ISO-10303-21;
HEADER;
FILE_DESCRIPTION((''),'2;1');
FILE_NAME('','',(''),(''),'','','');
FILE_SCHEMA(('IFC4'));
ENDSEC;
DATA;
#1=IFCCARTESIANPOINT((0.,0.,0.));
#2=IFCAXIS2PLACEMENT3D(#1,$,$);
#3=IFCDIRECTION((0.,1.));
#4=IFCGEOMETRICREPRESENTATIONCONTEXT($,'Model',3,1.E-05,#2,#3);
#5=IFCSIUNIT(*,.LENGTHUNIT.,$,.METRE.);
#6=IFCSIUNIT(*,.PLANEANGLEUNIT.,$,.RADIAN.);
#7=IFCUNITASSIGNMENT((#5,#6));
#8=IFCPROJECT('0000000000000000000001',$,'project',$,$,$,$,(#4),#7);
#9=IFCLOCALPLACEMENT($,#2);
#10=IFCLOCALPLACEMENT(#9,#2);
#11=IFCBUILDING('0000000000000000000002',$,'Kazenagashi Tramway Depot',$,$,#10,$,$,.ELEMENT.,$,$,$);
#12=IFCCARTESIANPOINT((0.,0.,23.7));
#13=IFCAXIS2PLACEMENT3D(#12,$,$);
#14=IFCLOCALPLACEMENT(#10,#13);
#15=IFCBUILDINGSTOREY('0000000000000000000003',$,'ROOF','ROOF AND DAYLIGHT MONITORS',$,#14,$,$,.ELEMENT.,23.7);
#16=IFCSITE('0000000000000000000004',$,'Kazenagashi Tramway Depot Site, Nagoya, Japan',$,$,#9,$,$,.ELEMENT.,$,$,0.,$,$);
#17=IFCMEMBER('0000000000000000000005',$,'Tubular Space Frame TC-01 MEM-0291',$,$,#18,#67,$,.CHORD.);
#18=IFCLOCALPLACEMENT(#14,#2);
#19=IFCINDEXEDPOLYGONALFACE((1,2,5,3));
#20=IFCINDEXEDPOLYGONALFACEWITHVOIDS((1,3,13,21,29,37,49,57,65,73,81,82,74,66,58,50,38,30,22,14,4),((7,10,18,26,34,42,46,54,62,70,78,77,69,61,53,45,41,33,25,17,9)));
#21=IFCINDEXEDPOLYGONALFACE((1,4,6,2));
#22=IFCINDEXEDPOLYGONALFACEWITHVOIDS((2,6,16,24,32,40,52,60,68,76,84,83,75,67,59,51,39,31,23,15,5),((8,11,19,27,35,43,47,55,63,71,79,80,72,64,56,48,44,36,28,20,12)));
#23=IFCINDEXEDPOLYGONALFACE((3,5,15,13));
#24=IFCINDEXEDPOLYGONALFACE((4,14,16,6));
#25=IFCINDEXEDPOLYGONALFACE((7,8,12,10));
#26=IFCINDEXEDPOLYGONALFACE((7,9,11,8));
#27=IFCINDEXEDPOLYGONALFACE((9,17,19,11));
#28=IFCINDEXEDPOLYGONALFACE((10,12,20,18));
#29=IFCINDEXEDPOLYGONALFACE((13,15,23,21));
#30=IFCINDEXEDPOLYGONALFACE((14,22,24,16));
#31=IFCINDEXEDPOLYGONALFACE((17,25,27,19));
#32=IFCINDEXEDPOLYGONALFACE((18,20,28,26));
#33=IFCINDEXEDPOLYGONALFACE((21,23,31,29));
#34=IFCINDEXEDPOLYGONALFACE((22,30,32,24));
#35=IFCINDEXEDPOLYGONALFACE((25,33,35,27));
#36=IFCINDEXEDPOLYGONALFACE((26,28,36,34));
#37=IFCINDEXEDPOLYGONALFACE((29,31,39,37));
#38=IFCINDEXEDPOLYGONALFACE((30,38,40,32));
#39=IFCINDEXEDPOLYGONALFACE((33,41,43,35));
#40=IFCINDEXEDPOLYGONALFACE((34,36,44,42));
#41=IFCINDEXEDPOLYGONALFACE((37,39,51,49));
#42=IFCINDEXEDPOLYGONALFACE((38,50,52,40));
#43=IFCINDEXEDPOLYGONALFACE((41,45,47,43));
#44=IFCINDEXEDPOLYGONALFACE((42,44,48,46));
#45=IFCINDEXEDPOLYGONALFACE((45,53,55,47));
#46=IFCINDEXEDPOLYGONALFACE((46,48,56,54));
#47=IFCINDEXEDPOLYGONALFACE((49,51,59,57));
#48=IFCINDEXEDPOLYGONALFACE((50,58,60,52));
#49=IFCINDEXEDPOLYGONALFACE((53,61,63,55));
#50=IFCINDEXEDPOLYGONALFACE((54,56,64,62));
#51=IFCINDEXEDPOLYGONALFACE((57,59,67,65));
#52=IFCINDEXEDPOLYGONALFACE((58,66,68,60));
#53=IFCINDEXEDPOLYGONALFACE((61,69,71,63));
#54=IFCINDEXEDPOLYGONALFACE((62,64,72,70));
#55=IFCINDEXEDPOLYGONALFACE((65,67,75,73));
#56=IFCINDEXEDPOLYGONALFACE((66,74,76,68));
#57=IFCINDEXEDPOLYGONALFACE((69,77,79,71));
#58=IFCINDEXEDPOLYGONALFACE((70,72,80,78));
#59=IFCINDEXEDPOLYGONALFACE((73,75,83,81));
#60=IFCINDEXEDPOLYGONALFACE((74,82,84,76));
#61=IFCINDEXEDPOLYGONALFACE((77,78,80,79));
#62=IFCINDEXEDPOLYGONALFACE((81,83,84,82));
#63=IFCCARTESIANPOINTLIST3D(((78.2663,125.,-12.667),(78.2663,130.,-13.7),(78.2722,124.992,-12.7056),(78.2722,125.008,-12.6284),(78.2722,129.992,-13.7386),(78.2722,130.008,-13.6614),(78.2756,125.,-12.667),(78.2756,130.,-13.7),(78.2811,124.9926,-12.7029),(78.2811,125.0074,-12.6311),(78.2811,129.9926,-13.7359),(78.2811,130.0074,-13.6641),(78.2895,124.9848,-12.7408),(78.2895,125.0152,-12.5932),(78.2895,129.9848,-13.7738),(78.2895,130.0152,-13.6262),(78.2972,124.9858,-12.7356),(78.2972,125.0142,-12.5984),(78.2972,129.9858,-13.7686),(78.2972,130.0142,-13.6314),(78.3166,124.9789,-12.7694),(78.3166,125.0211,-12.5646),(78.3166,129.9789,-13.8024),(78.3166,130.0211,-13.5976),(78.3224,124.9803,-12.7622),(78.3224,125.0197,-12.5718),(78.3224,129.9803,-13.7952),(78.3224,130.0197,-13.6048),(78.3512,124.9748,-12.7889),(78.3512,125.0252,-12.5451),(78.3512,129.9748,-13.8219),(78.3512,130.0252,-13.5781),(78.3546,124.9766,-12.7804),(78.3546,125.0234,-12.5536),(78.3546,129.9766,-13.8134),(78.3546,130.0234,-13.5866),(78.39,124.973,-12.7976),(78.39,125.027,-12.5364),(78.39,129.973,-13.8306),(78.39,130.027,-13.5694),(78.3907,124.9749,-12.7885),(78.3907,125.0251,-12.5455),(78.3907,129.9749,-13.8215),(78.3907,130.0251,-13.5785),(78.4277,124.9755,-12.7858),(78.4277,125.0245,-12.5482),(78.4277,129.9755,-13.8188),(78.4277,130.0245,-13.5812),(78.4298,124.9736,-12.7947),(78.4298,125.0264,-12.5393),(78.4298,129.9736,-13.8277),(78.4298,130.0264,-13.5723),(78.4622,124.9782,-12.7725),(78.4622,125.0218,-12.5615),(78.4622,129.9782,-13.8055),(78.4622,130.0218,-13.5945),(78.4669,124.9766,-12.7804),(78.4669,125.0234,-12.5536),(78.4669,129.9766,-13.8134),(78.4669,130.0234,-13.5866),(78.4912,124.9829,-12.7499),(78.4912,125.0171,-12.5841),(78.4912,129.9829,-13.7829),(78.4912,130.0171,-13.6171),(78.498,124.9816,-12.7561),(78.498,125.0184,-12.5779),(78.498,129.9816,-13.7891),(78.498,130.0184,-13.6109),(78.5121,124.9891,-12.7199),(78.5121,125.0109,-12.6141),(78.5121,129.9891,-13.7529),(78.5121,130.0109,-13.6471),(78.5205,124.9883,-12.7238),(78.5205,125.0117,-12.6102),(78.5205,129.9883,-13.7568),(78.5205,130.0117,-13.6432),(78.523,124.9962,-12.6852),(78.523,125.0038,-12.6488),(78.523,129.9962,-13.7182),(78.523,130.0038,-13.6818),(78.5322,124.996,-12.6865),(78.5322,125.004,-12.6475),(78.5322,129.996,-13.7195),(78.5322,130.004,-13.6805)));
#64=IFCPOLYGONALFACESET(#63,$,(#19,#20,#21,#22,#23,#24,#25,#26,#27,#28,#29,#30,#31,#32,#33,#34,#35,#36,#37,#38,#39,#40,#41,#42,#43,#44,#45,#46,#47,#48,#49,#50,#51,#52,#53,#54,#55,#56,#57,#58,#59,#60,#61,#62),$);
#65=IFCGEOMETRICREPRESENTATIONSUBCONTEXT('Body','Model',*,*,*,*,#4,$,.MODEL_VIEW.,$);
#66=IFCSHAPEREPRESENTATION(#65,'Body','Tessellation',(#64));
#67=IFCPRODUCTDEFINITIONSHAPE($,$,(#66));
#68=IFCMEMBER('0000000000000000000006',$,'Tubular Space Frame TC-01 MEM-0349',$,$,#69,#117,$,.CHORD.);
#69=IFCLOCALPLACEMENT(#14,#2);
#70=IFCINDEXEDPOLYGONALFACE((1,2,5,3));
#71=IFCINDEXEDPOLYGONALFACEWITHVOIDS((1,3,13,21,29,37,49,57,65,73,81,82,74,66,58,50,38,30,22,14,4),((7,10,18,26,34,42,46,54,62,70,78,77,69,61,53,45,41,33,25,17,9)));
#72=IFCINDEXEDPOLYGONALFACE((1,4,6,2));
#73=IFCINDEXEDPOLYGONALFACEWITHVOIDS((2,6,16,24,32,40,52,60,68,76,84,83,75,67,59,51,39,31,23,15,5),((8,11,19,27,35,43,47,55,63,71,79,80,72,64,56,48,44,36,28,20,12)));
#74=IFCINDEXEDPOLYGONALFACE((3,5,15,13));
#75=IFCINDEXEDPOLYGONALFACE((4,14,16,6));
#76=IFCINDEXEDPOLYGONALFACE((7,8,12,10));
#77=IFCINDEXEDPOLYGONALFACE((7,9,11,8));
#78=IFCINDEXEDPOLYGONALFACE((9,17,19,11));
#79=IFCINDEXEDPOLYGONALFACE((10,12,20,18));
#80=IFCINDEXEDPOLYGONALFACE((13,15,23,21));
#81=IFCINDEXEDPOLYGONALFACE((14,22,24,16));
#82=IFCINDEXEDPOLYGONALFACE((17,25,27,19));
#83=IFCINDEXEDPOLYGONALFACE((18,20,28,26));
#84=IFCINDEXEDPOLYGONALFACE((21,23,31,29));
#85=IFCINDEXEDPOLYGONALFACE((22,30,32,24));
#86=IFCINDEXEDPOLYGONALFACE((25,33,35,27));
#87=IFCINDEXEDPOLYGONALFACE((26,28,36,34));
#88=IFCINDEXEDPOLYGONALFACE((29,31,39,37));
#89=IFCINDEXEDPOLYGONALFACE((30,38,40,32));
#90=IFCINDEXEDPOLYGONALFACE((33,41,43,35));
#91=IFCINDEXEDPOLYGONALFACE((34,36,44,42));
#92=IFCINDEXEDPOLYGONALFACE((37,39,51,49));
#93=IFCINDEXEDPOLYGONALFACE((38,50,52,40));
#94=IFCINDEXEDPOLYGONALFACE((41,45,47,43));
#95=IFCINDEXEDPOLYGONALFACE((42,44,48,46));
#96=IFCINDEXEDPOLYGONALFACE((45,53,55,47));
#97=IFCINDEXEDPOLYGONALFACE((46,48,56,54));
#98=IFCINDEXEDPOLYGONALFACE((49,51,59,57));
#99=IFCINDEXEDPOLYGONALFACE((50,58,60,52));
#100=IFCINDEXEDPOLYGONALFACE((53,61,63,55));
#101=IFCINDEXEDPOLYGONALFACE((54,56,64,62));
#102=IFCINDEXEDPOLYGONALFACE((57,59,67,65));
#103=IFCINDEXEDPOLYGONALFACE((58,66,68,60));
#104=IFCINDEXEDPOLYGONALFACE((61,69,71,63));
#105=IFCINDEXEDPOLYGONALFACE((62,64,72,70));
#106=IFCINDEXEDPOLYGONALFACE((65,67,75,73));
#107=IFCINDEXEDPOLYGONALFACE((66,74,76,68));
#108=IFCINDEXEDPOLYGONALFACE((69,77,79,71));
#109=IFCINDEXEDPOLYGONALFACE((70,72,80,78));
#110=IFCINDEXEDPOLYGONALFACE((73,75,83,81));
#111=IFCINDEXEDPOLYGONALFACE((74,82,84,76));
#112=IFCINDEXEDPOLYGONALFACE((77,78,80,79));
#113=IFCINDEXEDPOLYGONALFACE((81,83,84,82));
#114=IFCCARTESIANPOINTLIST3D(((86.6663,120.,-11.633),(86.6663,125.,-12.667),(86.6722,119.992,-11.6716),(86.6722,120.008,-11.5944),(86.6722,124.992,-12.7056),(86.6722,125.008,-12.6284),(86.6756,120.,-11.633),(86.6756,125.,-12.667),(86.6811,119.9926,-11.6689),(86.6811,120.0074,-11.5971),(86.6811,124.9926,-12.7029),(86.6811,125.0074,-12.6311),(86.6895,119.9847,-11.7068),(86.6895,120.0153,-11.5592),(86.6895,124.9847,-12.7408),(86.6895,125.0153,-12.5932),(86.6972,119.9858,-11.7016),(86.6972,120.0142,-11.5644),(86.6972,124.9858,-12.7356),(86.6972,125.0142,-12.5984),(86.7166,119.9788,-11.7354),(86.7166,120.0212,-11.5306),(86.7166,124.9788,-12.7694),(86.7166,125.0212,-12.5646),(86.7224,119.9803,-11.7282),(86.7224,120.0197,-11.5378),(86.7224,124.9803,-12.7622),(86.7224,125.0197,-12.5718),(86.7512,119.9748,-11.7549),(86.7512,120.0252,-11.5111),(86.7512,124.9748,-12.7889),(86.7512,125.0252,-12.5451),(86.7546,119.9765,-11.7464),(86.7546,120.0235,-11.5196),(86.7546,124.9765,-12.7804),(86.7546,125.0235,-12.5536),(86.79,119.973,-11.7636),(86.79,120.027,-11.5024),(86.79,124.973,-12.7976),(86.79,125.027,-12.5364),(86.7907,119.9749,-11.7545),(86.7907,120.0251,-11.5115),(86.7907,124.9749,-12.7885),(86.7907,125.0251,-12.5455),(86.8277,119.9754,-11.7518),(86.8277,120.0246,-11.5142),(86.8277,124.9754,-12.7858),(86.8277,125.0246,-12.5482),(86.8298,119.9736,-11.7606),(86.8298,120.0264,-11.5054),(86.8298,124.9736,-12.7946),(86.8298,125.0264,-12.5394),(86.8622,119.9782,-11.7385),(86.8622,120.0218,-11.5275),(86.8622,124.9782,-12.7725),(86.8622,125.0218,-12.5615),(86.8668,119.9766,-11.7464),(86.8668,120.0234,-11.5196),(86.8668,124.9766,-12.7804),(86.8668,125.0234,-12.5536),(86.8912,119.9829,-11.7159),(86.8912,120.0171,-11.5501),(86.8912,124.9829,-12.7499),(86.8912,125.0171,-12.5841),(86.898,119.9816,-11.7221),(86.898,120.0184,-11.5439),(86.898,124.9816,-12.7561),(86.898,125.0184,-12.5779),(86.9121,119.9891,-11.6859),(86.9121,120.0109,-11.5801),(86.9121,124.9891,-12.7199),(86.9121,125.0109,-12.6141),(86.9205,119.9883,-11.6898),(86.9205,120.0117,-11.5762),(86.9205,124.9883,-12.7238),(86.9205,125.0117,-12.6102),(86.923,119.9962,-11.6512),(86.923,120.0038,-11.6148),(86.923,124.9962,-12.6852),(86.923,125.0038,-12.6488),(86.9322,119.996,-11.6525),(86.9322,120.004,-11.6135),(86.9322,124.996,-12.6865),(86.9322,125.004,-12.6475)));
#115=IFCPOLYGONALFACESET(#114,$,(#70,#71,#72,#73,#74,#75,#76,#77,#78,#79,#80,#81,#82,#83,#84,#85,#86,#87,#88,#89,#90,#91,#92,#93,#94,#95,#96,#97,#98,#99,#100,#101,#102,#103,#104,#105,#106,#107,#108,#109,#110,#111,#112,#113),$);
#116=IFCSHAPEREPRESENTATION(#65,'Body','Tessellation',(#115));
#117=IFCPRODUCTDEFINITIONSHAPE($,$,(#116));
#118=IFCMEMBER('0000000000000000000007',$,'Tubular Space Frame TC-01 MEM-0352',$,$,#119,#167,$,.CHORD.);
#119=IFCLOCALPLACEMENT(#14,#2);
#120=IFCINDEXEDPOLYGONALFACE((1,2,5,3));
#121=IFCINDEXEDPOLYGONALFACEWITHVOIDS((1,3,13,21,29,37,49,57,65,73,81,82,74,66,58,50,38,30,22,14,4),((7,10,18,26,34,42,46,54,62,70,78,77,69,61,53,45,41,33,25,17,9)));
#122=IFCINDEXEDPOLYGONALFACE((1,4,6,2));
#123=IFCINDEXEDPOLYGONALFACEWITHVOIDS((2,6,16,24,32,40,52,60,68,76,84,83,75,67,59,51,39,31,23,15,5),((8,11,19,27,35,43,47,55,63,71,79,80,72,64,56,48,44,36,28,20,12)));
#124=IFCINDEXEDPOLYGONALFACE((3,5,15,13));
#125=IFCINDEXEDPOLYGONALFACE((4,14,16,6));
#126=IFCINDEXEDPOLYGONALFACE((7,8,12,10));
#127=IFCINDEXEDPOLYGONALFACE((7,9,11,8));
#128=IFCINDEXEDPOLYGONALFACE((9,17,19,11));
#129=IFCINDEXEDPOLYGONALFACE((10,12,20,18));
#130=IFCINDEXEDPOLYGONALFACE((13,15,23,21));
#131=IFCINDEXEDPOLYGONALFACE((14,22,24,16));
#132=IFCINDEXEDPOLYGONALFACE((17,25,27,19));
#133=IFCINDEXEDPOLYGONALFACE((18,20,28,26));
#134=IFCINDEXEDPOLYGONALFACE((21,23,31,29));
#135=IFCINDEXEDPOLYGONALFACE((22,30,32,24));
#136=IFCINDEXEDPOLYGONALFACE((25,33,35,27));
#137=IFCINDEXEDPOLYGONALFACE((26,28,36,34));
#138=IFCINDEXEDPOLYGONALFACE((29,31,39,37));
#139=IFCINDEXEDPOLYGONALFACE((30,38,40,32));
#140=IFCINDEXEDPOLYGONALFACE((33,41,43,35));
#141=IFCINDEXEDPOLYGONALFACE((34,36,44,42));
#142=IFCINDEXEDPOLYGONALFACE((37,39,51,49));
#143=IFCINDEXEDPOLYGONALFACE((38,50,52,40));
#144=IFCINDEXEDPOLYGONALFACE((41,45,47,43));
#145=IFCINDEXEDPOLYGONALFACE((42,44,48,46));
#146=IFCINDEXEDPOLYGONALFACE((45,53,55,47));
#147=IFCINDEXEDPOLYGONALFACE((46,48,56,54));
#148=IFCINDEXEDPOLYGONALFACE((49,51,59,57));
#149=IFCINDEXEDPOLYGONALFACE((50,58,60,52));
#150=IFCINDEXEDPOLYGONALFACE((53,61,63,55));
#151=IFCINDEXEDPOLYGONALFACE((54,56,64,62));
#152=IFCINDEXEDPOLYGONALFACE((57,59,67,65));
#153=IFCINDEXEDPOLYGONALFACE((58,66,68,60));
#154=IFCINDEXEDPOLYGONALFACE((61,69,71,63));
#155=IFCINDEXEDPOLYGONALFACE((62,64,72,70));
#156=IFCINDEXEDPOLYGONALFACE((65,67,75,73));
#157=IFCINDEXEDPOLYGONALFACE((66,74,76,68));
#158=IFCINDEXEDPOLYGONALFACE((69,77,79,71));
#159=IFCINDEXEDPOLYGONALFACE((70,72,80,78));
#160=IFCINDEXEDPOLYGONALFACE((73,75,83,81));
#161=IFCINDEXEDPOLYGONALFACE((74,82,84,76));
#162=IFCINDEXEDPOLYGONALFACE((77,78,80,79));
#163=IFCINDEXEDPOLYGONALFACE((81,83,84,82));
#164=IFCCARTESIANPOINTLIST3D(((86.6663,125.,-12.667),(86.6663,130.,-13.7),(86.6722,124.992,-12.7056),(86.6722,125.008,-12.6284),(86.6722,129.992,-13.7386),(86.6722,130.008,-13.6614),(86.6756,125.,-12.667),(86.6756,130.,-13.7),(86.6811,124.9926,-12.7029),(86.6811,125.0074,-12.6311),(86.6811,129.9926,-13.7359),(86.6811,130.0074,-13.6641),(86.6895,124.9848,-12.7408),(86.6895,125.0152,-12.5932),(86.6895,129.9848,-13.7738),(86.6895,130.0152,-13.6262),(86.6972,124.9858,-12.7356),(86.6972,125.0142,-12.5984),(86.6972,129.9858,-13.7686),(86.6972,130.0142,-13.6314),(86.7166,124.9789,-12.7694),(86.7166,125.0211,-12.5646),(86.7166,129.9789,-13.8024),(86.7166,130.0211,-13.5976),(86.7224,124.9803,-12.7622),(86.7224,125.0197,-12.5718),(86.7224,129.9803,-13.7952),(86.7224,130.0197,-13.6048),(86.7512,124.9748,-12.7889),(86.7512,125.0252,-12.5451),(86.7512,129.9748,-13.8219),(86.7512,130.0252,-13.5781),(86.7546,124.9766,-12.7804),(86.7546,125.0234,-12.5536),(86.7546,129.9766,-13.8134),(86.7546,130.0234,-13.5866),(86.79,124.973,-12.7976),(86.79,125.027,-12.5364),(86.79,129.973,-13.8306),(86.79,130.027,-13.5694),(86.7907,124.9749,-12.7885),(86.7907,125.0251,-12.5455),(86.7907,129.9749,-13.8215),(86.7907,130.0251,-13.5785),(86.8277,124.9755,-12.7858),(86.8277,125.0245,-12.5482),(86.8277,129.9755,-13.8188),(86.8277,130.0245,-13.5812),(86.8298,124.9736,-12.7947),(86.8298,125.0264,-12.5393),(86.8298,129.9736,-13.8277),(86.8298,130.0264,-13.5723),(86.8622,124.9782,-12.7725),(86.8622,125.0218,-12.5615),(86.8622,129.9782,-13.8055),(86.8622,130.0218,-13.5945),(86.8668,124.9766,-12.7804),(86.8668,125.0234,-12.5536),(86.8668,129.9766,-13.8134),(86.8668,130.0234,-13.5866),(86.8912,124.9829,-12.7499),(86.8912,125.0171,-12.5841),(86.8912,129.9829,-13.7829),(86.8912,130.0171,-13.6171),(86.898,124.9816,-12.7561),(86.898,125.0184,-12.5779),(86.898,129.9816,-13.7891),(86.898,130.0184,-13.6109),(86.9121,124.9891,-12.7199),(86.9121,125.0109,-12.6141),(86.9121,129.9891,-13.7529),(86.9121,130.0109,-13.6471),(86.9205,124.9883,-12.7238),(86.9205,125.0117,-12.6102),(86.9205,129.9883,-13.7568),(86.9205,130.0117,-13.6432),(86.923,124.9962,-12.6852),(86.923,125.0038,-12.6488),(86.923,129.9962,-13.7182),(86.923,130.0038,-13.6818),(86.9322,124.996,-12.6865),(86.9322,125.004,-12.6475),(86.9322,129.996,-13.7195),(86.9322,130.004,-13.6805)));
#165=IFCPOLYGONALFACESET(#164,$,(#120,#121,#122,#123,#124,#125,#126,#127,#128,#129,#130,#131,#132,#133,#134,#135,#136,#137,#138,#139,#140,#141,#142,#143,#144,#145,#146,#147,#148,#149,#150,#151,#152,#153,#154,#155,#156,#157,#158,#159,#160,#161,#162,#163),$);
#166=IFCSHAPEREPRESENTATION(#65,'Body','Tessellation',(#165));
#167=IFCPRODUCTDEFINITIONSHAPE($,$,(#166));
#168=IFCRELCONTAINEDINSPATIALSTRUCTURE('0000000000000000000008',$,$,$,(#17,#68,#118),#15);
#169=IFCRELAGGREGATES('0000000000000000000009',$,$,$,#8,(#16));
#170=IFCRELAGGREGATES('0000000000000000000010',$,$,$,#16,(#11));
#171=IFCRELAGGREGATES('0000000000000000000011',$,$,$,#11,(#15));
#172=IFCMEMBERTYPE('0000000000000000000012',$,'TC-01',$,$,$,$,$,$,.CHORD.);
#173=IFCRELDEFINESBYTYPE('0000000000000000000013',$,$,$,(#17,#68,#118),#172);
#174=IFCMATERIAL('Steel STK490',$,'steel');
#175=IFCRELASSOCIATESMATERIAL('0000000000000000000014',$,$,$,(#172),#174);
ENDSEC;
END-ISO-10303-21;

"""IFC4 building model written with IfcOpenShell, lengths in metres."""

from ifc_helpers import new_model, si_unit, direction, frame, origin, origin_2d, place, context, subcontext, project, spatial, hollow_circle, extrude, material, material_profile, profile_set, type_object, element, save


model = new_model("IFC4")

# Units and contexts
model_context = context("Model", 3, precision=1e-05, world=origin(), true_north=direction((0.0, 1.0)))
body_context = subcontext(model_context, "Body", "Model", "MODEL_VIEW")
ifc_project = project(units=[si_unit("LENGTHUNIT", "METRE"), si_unit("PLANEANGLEUNIT", "RADIAN")], contexts=[model_context])

# Site, building, storey
site_placement = place(None, origin())
site = spatial("IfcSite", under=ifc_project, at=site_placement, Name="Kazenagashi Tramway Depot Site, Nagoya, Japan", CompositionType="ELEMENT", RefElevation=0.0)
building_placement = place(site_placement, origin())
building = spatial("IfcBuilding", under=site, at=building_placement, Name="Kazenagashi Tramway Depot", CompositionType="ELEMENT")
storey_placement = place(building_placement, frame((0.0, 0.0, 23.7)))
storey = spatial("IfcBuildingStorey", under=building, at=storey_placement, Name="ROOF", Description="ROOF AND DAYLIGHT MONITORS", CompositionType="ELEMENT", Elevation=23.7)

# Members
ifc_material_1 = material(Name="Steel STK490", Category="steel")
ifc_material_profile_1 = material_profile(ifc_material_1, hollow_circle(Radius=0.1337, WallThickness=0.0093, at=origin_2d()), Name="CHS-267.4x9.3")
ifc_profile_set_1 = profile_set([ifc_material_profile_1], Name="Steel STK490")
member_type_1 = type_object("IfcMemberType", Name="TC-01", PredefinedType="CHORD", material=ifc_profile_set_1)
member_1_placement = place(storey_placement, frame((78.4, 125.0, -12.667), z_axis=(0.0, 0.979318, -0.202327), x_axis=(-1.0, 0.0, 0.0)))
element("IfcMember", 1, at=member_1_placement, inside=storey, type_object=member_type_1, Name="Tubular Space Frame TC-01 MEM-0291", PredefinedType="CHORD", context=body_context, shape_type="SweptSolid", body=[
    extrude(hollow_circle(Radius=0.1337, WallThickness=0.0093, at=origin_2d()), origin(), (0.0, 0.0, 1.0), 5.1056),
])
member_2_placement = place(storey_placement, frame((86.8, 120.0, -11.633), z_axis=(0.0, 0.979279, -0.202515), x_axis=(-1.0, 0.0, 0.0)))
element("IfcMember", 2, at=member_2_placement, inside=storey, type_object=member_type_1, Name="Tubular Space Frame TC-01 MEM-0349", PredefinedType="CHORD", context=body_context, shape_type="SweptSolid", body=[
    extrude(hollow_circle(Radius=0.1337, WallThickness=0.0093, at=origin_2d()), origin(), (0.0, 0.0, 1.0), 5.1058),
])
member_3_placement = place(storey_placement, frame((86.8, 125.0, -12.667), z_axis=(0.0, 0.979318, -0.202327), x_axis=(-1.0, 0.0, 0.0)))
element("IfcMember", 3, at=member_3_placement, inside=storey, type_object=member_type_1, Name="Tubular Space Frame TC-01 MEM-0352", PredefinedType="CHORD", context=body_context, shape_type="SweptSolid", body=[
    extrude(hollow_circle(Radius=0.1337, WallThickness=0.0093, at=origin_2d()), origin(), (0.0, 0.0, 1.0), 5.1056),
])

save(model, "model.ifc")
